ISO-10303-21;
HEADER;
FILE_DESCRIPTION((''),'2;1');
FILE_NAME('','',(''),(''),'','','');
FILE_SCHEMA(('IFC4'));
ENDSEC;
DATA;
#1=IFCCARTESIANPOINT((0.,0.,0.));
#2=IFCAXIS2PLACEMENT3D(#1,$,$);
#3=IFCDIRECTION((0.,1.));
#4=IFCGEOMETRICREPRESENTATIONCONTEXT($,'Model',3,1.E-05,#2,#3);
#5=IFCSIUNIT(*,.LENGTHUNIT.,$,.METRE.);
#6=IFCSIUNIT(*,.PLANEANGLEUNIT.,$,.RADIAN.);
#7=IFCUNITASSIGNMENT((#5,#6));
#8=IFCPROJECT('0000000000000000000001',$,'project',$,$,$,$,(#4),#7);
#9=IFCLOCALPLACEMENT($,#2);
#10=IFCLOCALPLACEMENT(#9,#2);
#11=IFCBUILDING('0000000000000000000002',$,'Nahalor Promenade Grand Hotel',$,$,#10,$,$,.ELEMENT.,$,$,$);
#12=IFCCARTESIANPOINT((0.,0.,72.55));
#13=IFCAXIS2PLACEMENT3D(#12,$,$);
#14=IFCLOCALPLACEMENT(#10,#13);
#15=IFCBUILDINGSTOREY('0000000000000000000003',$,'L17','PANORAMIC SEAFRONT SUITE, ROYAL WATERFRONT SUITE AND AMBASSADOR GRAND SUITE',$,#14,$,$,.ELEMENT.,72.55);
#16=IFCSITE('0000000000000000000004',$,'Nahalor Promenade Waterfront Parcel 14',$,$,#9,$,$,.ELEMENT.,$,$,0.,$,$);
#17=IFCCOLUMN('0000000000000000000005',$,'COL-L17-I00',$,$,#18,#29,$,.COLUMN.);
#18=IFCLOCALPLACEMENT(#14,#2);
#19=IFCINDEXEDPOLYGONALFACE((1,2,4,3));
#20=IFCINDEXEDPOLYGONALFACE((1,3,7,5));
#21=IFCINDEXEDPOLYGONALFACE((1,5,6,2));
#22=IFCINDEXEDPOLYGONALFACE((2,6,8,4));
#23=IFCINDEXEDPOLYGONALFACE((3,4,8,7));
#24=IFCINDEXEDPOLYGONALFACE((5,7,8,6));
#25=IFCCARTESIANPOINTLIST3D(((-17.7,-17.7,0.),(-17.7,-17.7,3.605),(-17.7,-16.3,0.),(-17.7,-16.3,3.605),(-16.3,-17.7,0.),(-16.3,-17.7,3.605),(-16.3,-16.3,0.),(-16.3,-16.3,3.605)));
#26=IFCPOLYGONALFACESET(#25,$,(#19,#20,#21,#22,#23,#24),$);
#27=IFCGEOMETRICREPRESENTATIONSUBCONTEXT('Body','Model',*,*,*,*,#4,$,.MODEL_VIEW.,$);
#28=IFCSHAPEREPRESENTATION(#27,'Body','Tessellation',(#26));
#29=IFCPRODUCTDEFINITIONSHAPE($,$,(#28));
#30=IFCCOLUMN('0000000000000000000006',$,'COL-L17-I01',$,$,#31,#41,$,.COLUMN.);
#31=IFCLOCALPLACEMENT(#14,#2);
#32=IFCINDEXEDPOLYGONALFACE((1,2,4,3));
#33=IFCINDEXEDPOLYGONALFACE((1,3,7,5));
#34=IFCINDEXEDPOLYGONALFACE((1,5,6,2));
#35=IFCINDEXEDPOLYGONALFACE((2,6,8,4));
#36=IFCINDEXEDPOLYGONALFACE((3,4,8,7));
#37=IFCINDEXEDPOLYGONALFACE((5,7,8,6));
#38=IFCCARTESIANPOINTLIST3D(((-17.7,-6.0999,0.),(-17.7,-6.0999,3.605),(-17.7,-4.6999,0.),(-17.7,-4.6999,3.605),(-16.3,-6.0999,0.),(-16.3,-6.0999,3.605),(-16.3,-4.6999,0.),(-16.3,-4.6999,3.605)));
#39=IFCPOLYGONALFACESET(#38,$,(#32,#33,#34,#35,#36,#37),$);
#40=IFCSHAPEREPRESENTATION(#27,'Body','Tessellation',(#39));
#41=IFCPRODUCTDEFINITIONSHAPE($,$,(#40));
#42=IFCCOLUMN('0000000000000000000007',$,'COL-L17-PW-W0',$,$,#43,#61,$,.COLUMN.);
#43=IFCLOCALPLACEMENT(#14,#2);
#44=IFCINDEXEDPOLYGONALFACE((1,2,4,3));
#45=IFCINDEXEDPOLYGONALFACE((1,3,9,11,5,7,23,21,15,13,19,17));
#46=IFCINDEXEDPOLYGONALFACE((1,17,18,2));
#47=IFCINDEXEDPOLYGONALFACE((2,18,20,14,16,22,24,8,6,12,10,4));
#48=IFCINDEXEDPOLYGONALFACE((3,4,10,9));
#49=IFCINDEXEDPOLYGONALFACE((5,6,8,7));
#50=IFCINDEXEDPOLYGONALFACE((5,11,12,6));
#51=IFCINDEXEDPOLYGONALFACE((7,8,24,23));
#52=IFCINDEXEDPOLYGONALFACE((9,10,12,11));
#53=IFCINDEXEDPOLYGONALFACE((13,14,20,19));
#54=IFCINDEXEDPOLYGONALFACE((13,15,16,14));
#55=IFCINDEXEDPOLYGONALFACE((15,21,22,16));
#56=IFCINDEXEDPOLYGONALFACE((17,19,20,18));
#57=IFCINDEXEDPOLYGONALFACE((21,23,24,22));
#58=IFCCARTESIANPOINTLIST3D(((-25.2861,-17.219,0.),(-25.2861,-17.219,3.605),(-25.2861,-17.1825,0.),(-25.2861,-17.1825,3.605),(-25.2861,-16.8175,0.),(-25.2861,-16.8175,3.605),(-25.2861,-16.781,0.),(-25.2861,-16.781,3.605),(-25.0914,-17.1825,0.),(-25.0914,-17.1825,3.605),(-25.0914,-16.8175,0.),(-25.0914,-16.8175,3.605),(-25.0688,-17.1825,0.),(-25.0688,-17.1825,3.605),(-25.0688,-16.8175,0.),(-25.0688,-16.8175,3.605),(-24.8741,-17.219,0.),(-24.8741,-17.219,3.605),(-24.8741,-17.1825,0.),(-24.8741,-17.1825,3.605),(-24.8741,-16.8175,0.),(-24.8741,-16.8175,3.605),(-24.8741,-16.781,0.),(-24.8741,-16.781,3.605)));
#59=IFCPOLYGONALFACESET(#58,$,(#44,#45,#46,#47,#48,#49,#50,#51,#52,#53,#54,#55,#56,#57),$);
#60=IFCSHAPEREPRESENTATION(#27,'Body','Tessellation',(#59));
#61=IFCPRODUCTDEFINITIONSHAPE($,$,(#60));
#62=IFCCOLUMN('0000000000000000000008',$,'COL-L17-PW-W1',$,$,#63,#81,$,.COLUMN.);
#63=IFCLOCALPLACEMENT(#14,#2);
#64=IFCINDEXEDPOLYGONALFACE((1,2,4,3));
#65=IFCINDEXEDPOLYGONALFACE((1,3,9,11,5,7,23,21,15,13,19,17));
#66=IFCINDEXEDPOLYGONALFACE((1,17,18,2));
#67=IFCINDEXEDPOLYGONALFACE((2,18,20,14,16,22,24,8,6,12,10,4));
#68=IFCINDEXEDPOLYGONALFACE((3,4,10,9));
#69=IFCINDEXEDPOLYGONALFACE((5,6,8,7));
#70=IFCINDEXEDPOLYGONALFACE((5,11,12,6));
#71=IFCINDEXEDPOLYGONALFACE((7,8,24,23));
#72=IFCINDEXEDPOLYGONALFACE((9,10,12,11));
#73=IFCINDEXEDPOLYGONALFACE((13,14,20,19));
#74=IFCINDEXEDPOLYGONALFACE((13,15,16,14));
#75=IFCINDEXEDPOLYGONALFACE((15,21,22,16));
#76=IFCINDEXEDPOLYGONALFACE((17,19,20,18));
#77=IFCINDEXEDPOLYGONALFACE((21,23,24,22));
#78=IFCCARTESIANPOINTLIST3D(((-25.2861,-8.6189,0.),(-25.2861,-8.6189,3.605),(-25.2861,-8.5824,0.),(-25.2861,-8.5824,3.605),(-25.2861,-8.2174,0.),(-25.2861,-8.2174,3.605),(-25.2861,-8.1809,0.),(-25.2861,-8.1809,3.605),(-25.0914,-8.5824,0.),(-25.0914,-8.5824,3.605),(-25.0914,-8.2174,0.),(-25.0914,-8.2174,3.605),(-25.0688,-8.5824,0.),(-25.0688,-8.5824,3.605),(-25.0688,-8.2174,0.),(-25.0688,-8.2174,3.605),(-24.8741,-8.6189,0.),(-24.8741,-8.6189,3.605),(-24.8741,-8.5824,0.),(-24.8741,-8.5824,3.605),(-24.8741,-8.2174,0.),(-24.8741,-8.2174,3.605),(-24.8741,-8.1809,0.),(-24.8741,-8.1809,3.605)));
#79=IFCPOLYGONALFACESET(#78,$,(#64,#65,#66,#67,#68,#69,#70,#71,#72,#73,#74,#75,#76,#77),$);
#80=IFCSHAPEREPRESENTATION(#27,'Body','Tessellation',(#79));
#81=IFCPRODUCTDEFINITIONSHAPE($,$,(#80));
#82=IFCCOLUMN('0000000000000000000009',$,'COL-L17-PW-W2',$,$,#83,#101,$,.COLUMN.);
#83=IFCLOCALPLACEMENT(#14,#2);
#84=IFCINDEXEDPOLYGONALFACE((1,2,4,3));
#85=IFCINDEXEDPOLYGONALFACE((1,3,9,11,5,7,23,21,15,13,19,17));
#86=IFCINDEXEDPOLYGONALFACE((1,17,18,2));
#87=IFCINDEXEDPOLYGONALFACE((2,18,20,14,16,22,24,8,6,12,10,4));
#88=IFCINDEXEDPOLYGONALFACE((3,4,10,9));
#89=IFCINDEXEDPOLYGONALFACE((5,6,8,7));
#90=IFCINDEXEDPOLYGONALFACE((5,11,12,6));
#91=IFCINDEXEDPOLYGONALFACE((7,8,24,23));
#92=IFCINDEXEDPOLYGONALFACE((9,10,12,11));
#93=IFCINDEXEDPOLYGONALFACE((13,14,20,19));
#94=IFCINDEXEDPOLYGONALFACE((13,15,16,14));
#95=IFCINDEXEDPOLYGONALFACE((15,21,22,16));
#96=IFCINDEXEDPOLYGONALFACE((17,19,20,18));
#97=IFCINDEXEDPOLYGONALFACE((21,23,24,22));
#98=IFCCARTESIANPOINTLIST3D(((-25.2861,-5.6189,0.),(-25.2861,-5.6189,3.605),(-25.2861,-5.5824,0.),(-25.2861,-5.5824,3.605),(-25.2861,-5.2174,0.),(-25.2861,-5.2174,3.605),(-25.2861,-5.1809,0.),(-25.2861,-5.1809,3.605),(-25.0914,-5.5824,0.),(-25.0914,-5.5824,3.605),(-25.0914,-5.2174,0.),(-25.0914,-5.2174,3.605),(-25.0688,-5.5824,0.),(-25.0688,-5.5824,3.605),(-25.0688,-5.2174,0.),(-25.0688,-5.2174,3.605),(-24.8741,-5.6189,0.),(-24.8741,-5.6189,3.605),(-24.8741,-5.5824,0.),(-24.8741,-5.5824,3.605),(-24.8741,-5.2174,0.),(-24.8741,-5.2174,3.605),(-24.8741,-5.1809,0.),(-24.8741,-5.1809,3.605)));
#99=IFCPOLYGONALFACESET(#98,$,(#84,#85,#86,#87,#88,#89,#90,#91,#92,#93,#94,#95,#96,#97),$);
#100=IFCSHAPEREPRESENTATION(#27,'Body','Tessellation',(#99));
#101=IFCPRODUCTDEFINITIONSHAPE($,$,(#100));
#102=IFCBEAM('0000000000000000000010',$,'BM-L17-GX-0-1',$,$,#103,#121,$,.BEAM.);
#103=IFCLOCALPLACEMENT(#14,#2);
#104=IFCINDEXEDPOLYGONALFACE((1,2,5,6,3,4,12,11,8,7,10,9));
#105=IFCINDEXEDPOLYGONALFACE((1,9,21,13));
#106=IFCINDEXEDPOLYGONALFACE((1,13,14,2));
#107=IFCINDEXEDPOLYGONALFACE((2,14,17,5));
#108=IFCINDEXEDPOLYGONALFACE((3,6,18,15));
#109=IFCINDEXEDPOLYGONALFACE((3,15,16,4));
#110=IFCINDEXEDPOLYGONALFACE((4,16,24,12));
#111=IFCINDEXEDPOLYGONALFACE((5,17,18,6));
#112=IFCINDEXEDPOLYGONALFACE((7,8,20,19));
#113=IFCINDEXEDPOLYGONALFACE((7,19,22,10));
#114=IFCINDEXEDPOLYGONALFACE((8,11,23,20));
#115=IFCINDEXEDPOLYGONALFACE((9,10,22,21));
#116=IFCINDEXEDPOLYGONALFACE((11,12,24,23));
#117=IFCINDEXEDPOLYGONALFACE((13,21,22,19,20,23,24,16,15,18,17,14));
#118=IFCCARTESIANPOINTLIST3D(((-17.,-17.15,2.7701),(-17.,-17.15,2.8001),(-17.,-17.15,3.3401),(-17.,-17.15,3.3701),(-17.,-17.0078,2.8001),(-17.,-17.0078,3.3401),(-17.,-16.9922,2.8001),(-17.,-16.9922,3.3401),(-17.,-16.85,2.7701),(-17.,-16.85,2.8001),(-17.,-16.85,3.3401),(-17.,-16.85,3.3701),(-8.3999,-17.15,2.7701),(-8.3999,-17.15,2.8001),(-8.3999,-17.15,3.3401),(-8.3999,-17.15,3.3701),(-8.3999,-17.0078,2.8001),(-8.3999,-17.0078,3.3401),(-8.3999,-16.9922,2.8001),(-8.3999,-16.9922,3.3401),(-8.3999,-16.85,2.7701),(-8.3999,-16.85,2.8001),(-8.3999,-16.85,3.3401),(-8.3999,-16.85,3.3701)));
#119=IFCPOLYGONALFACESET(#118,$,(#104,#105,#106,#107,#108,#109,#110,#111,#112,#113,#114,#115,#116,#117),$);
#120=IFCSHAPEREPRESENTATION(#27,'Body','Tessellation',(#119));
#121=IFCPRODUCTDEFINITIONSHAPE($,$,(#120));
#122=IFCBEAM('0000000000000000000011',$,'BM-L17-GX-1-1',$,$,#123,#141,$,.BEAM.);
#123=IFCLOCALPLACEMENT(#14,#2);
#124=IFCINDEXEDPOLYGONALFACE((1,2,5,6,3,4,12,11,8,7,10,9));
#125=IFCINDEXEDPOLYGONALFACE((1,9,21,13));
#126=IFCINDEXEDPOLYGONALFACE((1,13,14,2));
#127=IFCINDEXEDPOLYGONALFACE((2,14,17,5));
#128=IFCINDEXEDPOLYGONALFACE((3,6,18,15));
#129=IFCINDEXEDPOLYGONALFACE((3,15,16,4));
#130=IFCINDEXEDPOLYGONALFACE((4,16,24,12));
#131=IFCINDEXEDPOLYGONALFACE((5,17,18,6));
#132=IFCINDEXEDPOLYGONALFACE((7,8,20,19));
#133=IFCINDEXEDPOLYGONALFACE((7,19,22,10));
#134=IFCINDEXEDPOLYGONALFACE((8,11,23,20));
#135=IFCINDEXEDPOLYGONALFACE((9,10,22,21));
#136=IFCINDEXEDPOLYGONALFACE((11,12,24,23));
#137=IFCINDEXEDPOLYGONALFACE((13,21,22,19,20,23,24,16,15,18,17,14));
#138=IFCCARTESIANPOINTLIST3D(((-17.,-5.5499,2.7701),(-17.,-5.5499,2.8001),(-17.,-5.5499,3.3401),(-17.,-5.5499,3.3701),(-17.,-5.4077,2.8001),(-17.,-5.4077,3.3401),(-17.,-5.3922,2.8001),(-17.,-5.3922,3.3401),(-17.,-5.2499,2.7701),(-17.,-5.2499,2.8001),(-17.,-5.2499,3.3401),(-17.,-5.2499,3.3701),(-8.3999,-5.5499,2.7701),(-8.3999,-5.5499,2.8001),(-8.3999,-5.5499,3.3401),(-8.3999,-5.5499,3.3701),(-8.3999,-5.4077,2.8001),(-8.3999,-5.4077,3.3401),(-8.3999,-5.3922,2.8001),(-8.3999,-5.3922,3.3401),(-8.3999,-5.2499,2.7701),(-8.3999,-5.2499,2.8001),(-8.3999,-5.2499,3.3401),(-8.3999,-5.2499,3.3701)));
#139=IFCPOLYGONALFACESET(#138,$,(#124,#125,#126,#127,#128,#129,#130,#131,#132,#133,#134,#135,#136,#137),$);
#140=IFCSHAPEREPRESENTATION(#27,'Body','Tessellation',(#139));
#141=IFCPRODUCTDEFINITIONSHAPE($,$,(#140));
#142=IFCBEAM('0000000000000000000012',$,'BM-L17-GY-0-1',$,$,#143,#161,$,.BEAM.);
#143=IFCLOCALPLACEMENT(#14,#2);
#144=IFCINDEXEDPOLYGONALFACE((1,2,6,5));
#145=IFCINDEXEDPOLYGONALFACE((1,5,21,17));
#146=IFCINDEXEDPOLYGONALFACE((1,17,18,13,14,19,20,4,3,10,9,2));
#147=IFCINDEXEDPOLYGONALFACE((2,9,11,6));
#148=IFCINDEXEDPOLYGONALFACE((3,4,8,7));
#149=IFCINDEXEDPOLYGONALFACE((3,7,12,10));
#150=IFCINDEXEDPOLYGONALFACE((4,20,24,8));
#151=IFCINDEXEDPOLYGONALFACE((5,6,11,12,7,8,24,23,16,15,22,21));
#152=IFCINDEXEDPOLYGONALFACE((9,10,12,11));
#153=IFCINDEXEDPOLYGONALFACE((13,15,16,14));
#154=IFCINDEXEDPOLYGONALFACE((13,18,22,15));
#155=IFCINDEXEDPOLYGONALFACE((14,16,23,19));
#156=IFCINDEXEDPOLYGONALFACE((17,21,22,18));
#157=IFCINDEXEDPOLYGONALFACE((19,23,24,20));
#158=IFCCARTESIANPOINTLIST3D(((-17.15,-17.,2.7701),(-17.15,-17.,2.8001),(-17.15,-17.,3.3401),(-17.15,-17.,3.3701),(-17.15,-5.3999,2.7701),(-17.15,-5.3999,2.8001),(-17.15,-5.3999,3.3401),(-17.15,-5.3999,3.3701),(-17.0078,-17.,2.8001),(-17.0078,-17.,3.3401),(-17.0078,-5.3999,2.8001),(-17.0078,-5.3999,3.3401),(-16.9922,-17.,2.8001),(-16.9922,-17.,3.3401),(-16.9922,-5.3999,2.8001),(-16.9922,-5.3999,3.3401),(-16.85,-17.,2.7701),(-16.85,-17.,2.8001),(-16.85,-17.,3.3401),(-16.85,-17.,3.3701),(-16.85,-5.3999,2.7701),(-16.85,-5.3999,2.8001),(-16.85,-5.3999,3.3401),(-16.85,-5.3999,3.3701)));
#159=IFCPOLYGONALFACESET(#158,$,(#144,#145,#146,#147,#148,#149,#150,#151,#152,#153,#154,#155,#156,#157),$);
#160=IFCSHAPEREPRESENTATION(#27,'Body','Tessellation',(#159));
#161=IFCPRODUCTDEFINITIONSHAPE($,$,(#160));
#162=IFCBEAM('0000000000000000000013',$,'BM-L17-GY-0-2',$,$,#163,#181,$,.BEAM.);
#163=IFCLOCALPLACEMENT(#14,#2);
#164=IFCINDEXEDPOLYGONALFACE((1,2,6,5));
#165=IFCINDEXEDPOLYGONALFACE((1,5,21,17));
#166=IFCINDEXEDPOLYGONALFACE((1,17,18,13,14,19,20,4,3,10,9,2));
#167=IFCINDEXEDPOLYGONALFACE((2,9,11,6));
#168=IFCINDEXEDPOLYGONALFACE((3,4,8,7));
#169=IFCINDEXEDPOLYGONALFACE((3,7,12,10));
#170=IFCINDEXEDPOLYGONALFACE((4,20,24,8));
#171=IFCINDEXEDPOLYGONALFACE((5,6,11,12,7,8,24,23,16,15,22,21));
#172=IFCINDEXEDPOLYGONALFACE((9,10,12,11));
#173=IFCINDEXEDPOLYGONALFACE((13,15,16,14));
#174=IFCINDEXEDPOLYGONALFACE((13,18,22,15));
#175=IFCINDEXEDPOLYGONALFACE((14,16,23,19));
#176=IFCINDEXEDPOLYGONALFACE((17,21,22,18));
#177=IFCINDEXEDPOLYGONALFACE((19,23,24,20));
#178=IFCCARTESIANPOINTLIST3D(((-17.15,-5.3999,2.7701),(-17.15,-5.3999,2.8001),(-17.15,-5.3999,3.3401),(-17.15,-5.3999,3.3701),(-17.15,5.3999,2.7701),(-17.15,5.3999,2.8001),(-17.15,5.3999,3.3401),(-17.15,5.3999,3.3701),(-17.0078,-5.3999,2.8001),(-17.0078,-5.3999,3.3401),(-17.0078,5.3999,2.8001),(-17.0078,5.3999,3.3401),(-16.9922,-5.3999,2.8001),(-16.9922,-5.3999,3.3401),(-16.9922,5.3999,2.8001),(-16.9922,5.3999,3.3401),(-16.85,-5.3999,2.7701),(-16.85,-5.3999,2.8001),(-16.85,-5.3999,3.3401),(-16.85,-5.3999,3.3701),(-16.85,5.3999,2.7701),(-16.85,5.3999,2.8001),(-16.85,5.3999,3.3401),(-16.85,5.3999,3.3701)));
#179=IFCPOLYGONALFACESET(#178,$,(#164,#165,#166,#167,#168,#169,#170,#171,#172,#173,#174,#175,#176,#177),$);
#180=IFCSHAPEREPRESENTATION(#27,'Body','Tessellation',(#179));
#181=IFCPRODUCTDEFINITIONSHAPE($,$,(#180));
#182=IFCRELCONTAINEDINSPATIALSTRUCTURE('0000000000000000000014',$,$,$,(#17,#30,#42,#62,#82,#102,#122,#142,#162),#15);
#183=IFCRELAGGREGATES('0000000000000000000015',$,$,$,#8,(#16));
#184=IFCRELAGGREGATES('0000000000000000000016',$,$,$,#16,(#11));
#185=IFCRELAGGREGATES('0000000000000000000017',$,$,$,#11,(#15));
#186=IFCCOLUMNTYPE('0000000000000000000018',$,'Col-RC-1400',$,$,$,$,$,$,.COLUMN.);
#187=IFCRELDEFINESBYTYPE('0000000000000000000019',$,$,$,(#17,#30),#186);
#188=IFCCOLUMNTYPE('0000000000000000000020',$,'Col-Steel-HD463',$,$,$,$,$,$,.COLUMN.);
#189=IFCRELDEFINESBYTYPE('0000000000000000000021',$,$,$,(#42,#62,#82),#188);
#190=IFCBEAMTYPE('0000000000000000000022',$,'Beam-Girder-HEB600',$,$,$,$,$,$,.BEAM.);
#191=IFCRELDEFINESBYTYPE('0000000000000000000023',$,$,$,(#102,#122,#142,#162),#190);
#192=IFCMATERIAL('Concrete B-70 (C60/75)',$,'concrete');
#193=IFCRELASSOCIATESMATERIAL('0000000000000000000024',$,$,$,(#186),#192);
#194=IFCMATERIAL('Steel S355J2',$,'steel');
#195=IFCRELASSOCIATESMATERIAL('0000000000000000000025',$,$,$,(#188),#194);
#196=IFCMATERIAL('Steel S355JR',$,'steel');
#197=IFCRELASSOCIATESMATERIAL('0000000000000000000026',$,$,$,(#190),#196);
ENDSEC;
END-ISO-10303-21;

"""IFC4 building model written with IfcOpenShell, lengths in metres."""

from ifc_helpers import new_model, si_unit, direction, frame, origin, origin_2d, place, context, subcontext, project, spatial, rectangle, i_section, extrude, source, transform, mapped, material, material_profile, profile_set, type_object, element, save


model = new_model("IFC4")

# Units and contexts
model_context = context("Model", 3, precision=1e-05, world=origin(), true_north=direction((0.0, 1.0)))
body_context = subcontext(model_context, "Body", "Model", "MODEL_VIEW")
ifc_project = project(units=[si_unit("LENGTHUNIT", "METRE"), si_unit("PLANEANGLEUNIT", "RADIAN")], contexts=[model_context])

# Site, building, storey
site_placement = place(None, origin())
site = spatial("IfcSite", under=ifc_project, at=site_placement, Name="Nahalor Promenade Waterfront Parcel 14", CompositionType="ELEMENT", RefElevation=0.0)
building_placement = place(site_placement, origin())
building = spatial("IfcBuilding", under=site, at=building_placement, Name="Nahalor Promenade Grand Hotel", CompositionType="ELEMENT")
storey_placement = place(building_placement, frame((0.0, 0.0, 72.55)))
storey = spatial("IfcBuildingStorey", under=building, at=storey_placement, Name="L17", Description="PANORAMIC SEAFRONT SUITE, ROYAL WATERFRONT SUITE AND AMBASSADOR GRAND SUITE", CompositionType="ELEMENT", Elevation=72.55)

# Columns
ifc_material_1 = material(Name="Concrete B-70 (C60/75)", Category="concrete")
ifc_material_profile_1 = material_profile(ifc_material_1, rectangle(XDim=1.4, YDim=1.4, at=origin_2d()), Name="RC 1400x1400")
ifc_profile_set_1 = profile_set([ifc_material_profile_1], Name="Concrete B-70 (C60/75)")
column_type_1 = type_object("IfcColumnType", Name="Col-RC-1400", PredefinedType="COLUMN", material=ifc_profile_set_1)
shared_shape_1 = source(origin(), body_context, "Body", "SweptSolid", [
    extrude(rectangle(XDim=1.4, YDim=1.4, at=origin_2d()), origin(), (0.0, 0.0, 1.0), 3.605),
])
for number, where, z_axis, x_axis, name in (
    (1, (-17.0, -17.0, 0.0), (0.0, 0.0, 1.0), (1.0, 0.0, 0.0), "COL-L17-I00"),
    (2, (-17.0, -5.3999, 0.0), (0.0, 0.0, 1.0), (1.0, 0.0, 0.0), "COL-L17-I01"),
):
    element("IfcColumn", number, at=place(storey_placement, frame(where, z_axis=z_axis, x_axis=x_axis)), inside=storey, type_object=column_type_1, Name=name, PredefinedType="COLUMN", context=body_context, shape_type="MappedRepresentation", body=[
        mapped(shared_shape_1, transform((0.0, 0.0, 0.0), scale=1.0)),
    ])
ifc_material_2 = material(Name="Steel S355J2", Category="steel")
ifc_material_profile_2 = material_profile(ifc_material_2, i_section(OverallWidth=0.412, OverallDepth=0.438, WebThickness=0.0226, FlangeThickness=0.0365, at=origin_2d()), Name="HD 400x463")
ifc_profile_set_2 = profile_set([ifc_material_profile_2], Name="Steel S355J2")
column_type_2 = type_object("IfcColumnType", Name="Col-Steel-HD463", PredefinedType="COLUMN", material=ifc_profile_set_2)
shared_shape_2 = source(origin(), body_context, "Body", "SweptSolid", [
    extrude(i_section(OverallWidth=0.412, OverallDepth=0.438, WebThickness=0.0226, FlangeThickness=0.0365, at=origin_2d()), origin(), (0.0, 0.0, 1.0), 3.605),
])
for number, where, z_axis, x_axis, name in (
    (3, (-25.0801, -17.0, 0.0), (0.0, 0.0, 1.0), (1.0, 0.0, 0.0), "COL-L17-PW-W0"),
    (4, (-25.0801, -8.3999, 0.0), (0.0, 0.0, 1.0), (1.0, 0.0, 0.0), "COL-L17-PW-W1"),
    (5, (-25.0801, -5.3999, 0.0), (0.0, 0.0, 1.0), (1.0, 0.0, 0.0), "COL-L17-PW-W2"),
):
    element("IfcColumn", number, at=place(storey_placement, frame(where, z_axis=z_axis, x_axis=x_axis)), inside=storey, type_object=column_type_2, Name=name, PredefinedType="COLUMN", context=body_context, shape_type="MappedRepresentation", body=[
        mapped(shared_shape_2, transform((0.0, 0.0, 0.0), scale=1.0)),
    ])

# Beams
ifc_material_3 = material(Name="Steel S355JR", Category="steel")
ifc_material_profile_3 = material_profile(ifc_material_3, i_section(OverallWidth=0.3, OverallDepth=0.6, WebThickness=0.0155, FlangeThickness=0.03, at=origin_2d()), Name="HEB 600")
ifc_profile_set_3 = profile_set([ifc_material_profile_3], Name="Steel S355JR")
beam_type_1 = type_object("IfcBeamType", Name="Beam-Girder-HEB600", PredefinedType="BEAM", material=ifc_profile_set_3)
shared_shape_3 = source(origin(), body_context, "Body", "SweptSolid", [
    extrude(i_section(OverallWidth=0.3, OverallDepth=0.6, WebThickness=0.0155, FlangeThickness=0.03, at=origin_2d()), origin(), (0.0, 0.0, 1.0), 8.6001),
])
for number, where, z_axis, x_axis, name in (
    (6, (-17.0, -17.0, 3.0701), (1.0, 0.0, 0.0), (0.0, 1.0, 0.0), "BM-L17-GX-0-1"),
    (7, (-17.0, -5.3999, 3.0701), (1.0, 0.0, 0.0), (0.0, 1.0, 0.0), "BM-L17-GX-1-1"),
):
    element("IfcBeam", number, at=place(storey_placement, frame(where, z_axis=z_axis, x_axis=x_axis)), inside=storey, type_object=beam_type_1, Name=name, PredefinedType="BEAM", context=body_context, shape_type="MappedRepresentation", body=[
        mapped(shared_shape_3, transform((0.0, 0.0, 0.0), scale=1.0)),
    ])
shared_shape_4 = source(origin(), body_context, "Body", "SweptSolid", [
    extrude(i_section(OverallWidth=0.3, OverallDepth=0.6, WebThickness=0.0155, FlangeThickness=0.03, at=origin_2d()), origin(), (0.0, 0.0, 1.0), 11.6001),
])
beam_1_placement = place(storey_placement, frame((-17.0, -17.0, 3.0701), z_axis=(0.0, 1.0, 0.0), x_axis=(-1.0, 0.0, 0.0)))
element("IfcBeam", 8, at=beam_1_placement, inside=storey, type_object=beam_type_1, Name="BM-L17-GY-0-1", PredefinedType="BEAM", context=body_context, shape_type="MappedRepresentation", body=[
    mapped(shared_shape_4, transform((0.0, 0.0, 0.0), scale=1.0)),
])
shared_shape_5 = source(origin(), body_context, "Body", "SweptSolid", [
    extrude(i_section(OverallWidth=0.3, OverallDepth=0.6, WebThickness=0.0155, FlangeThickness=0.03, at=origin_2d()), origin(), (0.0, 0.0, 1.0), 10.7998),
])
beam_2_placement = place(storey_placement, frame((-17.0, -5.3999, 3.0701), z_axis=(0.0, 1.0, 0.0), x_axis=(-1.0, 0.0, 0.0)))
element("IfcBeam", 9, at=beam_2_placement, inside=storey, type_object=beam_type_1, Name="BM-L17-GY-0-2", PredefinedType="BEAM", context=body_context, shape_type="MappedRepresentation", body=[
    mapped(shared_shape_5, transform((0.0, 0.0, 0.0), scale=1.0)),
])

save(model, "model.ifc")
